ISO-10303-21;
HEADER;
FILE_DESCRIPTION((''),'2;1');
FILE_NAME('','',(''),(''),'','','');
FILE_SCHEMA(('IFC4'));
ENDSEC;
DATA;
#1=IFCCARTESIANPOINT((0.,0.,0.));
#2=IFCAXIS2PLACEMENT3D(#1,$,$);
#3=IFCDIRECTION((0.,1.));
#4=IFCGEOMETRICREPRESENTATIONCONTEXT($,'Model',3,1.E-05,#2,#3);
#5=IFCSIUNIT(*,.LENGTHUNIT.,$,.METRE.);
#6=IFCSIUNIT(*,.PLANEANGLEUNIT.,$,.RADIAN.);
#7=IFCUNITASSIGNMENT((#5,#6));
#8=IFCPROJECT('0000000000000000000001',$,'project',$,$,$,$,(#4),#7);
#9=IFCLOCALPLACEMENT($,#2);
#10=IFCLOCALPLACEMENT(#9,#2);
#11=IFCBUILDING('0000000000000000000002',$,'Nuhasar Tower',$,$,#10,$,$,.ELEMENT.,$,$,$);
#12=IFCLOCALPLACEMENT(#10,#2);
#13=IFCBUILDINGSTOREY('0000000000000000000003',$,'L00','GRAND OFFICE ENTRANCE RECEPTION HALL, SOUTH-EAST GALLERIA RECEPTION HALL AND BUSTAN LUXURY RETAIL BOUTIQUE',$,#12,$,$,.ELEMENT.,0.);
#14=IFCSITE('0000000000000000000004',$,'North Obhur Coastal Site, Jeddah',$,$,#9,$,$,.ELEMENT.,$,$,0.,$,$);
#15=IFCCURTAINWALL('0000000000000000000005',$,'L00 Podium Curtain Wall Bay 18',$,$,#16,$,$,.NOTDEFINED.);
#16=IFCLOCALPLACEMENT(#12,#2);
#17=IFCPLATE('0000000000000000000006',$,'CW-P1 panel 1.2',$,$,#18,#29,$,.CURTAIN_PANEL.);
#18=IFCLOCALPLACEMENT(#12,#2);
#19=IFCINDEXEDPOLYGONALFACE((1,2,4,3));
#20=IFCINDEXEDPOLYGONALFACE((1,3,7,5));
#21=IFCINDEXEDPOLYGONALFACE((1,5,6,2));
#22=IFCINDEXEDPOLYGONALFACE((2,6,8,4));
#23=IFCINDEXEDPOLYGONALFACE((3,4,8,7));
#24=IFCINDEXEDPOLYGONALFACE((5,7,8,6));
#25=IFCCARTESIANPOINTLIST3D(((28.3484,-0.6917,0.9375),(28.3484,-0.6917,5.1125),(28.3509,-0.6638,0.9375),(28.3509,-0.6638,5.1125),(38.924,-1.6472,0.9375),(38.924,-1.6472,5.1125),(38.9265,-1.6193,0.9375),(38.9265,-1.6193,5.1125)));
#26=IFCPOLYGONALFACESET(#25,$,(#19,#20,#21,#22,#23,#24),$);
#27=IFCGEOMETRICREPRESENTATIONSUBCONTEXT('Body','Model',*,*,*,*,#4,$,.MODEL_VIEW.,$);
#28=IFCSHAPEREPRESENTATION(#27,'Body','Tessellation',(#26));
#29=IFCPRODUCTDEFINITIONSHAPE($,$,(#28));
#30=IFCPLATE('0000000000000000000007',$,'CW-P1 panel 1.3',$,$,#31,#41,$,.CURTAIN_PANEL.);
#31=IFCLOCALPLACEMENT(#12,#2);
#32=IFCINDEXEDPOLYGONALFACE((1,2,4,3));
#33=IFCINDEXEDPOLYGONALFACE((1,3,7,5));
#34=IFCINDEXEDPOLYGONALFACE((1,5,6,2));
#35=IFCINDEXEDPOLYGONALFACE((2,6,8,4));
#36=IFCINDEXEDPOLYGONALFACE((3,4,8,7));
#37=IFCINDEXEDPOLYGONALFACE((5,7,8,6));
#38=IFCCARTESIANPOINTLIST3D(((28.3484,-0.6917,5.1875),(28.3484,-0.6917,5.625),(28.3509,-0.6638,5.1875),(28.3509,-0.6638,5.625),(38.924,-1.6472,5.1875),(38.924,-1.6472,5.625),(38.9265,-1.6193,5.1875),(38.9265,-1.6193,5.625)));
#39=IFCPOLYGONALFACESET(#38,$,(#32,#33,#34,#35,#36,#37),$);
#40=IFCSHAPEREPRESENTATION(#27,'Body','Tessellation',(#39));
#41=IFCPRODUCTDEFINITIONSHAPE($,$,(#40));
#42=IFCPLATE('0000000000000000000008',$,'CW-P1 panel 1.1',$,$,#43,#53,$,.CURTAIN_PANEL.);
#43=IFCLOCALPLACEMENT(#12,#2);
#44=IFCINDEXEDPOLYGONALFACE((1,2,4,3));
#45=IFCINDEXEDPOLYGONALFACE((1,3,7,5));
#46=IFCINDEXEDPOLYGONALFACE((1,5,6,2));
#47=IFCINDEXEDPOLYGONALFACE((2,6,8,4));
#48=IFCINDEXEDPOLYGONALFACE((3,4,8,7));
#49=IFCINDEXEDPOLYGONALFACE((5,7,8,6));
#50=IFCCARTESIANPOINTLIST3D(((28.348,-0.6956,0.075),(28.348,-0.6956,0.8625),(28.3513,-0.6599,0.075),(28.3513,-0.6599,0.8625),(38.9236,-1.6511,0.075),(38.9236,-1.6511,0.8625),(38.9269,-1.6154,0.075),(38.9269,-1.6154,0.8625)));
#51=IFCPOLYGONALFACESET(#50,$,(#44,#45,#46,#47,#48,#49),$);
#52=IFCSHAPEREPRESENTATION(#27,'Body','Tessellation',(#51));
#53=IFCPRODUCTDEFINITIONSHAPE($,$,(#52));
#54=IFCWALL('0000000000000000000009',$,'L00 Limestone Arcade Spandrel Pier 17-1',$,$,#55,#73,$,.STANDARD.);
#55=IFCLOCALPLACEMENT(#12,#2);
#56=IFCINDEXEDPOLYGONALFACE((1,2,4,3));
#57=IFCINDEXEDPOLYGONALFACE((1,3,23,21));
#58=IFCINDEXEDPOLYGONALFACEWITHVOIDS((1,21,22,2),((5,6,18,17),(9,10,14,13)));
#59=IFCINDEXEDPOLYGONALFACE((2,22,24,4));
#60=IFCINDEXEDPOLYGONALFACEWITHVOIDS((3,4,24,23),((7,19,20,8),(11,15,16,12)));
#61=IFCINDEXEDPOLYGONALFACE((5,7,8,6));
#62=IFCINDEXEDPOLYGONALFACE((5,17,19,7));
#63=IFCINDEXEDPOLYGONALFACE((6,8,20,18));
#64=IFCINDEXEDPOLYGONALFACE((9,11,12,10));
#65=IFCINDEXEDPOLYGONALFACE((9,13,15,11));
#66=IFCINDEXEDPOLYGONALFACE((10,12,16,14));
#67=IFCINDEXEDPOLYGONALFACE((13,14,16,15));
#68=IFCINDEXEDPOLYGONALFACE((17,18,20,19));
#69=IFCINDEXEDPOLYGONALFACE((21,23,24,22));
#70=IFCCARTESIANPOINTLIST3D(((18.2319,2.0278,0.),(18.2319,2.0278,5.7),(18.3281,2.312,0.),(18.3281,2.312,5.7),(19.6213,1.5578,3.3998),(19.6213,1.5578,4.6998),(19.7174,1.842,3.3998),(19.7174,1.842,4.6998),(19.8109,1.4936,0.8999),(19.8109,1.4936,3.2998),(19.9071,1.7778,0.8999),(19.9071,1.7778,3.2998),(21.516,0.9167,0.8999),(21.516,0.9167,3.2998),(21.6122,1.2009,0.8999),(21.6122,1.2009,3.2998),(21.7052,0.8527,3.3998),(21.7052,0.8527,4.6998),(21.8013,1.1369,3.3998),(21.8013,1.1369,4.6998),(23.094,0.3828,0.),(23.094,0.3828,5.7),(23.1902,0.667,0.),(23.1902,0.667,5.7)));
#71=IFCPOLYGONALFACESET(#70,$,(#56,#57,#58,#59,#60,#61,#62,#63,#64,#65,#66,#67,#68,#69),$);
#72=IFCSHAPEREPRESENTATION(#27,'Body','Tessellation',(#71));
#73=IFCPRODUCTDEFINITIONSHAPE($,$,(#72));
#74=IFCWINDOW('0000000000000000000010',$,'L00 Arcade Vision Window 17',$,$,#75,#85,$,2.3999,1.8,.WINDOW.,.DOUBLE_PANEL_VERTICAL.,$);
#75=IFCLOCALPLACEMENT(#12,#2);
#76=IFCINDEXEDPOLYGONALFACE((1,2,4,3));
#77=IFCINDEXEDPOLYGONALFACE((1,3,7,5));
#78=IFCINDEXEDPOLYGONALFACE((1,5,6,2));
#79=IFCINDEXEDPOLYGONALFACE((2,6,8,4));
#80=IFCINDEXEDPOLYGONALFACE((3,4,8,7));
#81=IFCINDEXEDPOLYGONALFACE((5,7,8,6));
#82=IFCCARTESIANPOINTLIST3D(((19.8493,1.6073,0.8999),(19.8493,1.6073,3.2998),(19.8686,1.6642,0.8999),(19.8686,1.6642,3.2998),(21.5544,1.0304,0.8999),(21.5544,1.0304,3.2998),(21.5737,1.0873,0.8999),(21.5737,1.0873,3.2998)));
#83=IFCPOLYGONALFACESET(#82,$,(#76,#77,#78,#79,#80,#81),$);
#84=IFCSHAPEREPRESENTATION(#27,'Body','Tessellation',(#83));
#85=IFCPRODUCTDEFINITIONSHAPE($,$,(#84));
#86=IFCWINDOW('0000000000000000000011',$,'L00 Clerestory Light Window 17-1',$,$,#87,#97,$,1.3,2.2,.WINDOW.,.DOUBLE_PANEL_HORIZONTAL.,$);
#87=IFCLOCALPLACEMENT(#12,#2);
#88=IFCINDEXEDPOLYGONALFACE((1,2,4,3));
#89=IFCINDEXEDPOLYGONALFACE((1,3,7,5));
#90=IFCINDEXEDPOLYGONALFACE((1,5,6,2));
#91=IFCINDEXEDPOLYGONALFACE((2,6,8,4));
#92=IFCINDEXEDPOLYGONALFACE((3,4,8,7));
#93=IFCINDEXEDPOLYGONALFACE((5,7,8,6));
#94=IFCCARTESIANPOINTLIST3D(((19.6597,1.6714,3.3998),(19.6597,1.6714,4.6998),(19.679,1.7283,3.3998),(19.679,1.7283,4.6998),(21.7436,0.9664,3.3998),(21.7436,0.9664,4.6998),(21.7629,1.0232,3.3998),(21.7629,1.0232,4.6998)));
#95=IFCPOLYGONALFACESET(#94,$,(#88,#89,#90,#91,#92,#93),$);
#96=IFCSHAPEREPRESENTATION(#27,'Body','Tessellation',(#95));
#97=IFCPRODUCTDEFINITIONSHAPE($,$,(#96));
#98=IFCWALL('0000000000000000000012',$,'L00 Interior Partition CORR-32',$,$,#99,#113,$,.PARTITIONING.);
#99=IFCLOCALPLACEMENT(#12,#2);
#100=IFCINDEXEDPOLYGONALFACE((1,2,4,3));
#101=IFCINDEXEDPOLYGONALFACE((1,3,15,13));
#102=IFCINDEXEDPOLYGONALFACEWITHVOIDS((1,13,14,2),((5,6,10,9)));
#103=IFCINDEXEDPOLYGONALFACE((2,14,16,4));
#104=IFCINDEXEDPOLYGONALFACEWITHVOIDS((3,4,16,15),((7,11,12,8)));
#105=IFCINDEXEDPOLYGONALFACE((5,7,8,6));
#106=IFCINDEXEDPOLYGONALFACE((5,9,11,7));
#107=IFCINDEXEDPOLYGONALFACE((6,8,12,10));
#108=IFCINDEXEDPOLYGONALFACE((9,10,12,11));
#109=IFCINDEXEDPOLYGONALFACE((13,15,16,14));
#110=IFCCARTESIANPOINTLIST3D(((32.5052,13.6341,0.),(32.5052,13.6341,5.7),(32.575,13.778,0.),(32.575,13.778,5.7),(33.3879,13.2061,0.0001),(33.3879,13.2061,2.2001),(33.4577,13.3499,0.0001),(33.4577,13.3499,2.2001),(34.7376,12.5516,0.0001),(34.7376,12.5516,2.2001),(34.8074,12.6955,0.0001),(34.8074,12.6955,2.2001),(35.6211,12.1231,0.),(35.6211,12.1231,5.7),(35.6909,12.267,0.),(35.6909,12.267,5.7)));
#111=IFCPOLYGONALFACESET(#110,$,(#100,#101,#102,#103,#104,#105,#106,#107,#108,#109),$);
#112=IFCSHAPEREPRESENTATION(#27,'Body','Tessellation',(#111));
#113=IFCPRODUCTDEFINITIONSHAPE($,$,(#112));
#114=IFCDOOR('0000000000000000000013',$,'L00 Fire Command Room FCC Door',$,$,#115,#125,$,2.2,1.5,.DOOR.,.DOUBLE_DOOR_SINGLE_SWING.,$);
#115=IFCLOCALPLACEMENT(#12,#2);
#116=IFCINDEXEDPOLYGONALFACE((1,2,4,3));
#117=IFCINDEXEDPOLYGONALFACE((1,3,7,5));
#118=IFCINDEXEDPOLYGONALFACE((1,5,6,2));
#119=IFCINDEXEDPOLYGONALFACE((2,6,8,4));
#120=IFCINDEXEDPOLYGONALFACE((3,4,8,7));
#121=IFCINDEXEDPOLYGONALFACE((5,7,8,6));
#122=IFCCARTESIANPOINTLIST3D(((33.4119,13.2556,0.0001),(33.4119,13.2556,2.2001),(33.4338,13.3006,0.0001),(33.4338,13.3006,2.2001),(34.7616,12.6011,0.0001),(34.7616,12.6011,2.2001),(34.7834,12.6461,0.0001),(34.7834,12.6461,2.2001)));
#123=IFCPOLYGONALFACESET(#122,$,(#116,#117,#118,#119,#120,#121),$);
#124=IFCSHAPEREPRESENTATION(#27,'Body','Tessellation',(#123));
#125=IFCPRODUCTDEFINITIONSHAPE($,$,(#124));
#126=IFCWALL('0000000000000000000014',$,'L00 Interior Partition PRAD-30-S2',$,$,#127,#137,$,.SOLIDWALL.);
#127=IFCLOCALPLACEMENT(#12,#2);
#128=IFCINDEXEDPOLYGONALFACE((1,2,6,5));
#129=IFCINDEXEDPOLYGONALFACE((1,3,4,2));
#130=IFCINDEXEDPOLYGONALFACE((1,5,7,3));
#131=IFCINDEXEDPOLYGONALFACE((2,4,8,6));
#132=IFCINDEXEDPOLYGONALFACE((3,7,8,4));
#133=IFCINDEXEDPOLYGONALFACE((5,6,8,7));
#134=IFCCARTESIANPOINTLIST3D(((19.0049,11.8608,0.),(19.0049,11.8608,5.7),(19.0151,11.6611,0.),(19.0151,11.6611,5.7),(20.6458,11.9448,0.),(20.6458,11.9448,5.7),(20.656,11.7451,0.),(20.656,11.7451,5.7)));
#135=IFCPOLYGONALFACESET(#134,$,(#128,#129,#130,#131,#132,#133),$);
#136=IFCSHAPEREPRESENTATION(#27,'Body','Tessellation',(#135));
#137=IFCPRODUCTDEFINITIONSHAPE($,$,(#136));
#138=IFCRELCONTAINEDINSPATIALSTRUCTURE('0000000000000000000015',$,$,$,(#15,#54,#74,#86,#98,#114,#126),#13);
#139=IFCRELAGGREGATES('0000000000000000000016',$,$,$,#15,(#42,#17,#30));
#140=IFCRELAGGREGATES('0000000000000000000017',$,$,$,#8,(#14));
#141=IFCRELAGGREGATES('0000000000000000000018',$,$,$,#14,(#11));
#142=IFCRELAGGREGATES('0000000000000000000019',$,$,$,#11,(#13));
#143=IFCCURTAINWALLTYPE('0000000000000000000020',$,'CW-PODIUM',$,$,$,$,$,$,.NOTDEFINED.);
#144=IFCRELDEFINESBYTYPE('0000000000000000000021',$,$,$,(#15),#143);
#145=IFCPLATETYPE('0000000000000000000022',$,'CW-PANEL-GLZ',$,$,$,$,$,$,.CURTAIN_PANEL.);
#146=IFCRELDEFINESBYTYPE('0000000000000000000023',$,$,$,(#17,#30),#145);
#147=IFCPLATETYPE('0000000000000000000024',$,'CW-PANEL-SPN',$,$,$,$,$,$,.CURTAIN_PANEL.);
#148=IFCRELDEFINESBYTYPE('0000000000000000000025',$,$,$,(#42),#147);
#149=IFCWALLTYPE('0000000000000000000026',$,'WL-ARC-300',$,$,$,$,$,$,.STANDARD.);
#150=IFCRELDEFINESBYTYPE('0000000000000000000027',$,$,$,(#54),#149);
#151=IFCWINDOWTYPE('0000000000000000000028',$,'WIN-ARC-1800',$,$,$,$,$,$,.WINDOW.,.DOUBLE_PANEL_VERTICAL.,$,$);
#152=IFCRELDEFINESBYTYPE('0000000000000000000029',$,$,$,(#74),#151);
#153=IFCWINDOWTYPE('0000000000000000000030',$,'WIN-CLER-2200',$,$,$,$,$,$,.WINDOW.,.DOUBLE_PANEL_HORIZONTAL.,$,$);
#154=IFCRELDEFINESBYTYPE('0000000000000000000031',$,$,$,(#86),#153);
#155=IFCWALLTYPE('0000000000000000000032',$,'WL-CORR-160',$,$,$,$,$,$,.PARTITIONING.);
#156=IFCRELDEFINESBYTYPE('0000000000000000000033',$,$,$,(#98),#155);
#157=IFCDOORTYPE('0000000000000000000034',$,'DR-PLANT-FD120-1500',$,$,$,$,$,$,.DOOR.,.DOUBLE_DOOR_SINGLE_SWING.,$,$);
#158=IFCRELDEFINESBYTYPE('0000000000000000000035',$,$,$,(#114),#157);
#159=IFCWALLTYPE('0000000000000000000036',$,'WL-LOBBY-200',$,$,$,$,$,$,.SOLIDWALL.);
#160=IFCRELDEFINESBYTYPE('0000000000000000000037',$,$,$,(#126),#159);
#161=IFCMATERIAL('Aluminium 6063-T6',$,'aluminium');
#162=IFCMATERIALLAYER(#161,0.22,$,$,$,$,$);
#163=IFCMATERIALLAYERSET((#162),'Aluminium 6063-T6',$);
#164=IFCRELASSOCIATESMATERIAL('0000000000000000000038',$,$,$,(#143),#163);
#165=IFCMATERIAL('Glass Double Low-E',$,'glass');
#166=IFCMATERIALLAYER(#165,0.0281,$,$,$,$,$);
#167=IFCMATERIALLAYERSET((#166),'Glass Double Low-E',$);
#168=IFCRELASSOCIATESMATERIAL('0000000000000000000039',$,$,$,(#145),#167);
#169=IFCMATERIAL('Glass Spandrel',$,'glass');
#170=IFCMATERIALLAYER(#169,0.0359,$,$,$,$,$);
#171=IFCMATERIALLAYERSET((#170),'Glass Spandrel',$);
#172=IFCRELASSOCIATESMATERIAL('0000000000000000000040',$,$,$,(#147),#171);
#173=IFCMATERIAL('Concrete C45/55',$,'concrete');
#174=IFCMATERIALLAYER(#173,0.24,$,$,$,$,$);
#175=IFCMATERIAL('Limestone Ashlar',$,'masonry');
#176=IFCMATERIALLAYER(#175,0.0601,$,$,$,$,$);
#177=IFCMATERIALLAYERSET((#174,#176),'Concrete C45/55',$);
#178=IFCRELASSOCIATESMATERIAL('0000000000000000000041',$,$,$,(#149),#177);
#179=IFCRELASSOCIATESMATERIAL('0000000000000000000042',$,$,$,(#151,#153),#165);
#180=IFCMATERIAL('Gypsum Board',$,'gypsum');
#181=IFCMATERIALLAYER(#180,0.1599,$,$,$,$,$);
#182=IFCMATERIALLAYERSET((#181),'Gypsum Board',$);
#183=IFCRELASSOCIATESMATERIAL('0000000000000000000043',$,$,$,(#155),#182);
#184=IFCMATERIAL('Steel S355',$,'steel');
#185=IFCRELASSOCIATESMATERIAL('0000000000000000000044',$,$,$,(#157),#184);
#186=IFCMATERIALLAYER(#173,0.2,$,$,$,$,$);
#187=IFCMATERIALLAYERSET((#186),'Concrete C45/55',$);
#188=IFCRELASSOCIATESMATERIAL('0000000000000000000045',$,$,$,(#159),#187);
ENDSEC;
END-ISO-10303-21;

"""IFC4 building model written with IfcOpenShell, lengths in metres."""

from ifc_helpers import new_model, si_unit, direction, frame, frame_2d, origin, origin_2d, place, context, subcontext, project, spatial, rectangle, extrude, material, layer, layer_set, type_object, element, fill, aggregate, save


model = new_model("IFC4")

# Units and contexts
model_context = context("Model", 3, precision=1e-05, world=origin(), true_north=direction((0.0, 1.0)))
body_context = subcontext(model_context, "Body", "Model", "MODEL_VIEW")
ifc_project = project(units=[si_unit("LENGTHUNIT", "METRE"), si_unit("PLANEANGLEUNIT", "RADIAN")], contexts=[model_context])

# Site, building, storey
site_placement = place(None, origin())
site = spatial("IfcSite", under=ifc_project, at=site_placement, Name="North Obhur Coastal Site, Jeddah", CompositionType="ELEMENT", RefElevation=0.0)
building_placement = place(site_placement, origin())
building = spatial("IfcBuilding", under=site, at=building_placement, Name="Nuhasar Tower", CompositionType="ELEMENT")
storey_placement = place(building_placement, origin())
storey = spatial("IfcBuildingStorey", under=building, at=storey_placement, Name="L00", Description="GRAND OFFICE ENTRANCE RECEPTION HALL, SOUTH-EAST GALLERIA RECEPTION HALL AND BUSTAN LUXURY RETAIL BOUTIQUE", CompositionType="ELEMENT", Elevation=0.0)

# Shared definitions
ifc_material_1 = material(Name="Steel S355", Category="steel")

# Curtain wall, plates
ifc_material_2 = material(Name="Aluminium 6063-T6", Category="aluminium")
ifc_layer_1 = layer(ifc_material_2, 0.22)
ifc_layer_set_1 = layer_set([ifc_layer_1], Name="Aluminium 6063-T6")
curtain_wall_type = type_object("IfcCurtainWallType", Name="CW-PODIUM", PredefinedType="NOTDEFINED", material=ifc_layer_set_1)
curtain_wall_placement = place(storey_placement, origin())
curtain_wall = element("IfcCurtainWall", 1, at=curtain_wall_placement, inside=storey, type_object=curtain_wall_type, Name="L00 Podium Curtain Wall Bay 18", PredefinedType="NOTDEFINED")
ifc_material_3 = material(Name="Glass Double Low-E", Category="glass")
ifc_layer_2 = layer(ifc_material_3, 0.0281)
ifc_layer_set_2 = layer_set([ifc_layer_2], Name="Glass Double Low-E")
plate_type_1 = type_object("IfcPlateType", Name="CW-PANEL-GLZ", PredefinedType="CURTAIN_PANEL", material=ifc_layer_set_2)
plate_1_placement = place(storey_placement, frame((33.6375, -1.1555, 0.9375), z_axis=(0.0, 0.0, 1.0), x_axis=(0.995943, -0.089983, 0.0)))
plate_1 = element("IfcPlate", 2, at=plate_1_placement, type_object=plate_type_1, Name="CW-P1 panel 1.2", PredefinedType="CURTAIN_PANEL", context=body_context, shape_type="SweptSolid", body=[
    extrude(rectangle(XDim=10.6187, YDim=0.0281, at=origin_2d()), origin(), (0.0, 0.0, 1.0), 4.175),
])
plate_2_placement = place(storey_placement, frame((33.6375, -1.1555, 5.1875), z_axis=(0.0, 0.0, 1.0), x_axis=(0.995943, -0.089983, 0.0)))
plate_2 = element("IfcPlate", 3, at=plate_2_placement, type_object=plate_type_1, Name="CW-P1 panel 1.3", PredefinedType="CURTAIN_PANEL", context=body_context, shape_type="SweptSolid", body=[
    extrude(rectangle(XDim=10.6187, YDim=0.0281, at=origin_2d()), origin(), (0.0, 0.0, 1.0), 0.4375),
])
ifc_material_4 = material(Name="Glass Spandrel", Category="glass")
ifc_layer_3 = layer(ifc_material_4, 0.0359)
ifc_layer_set_3 = layer_set([ifc_layer_3], Name="Glass Spandrel")
plate_type_2 = type_object("IfcPlateType", Name="CW-PANEL-SPN", PredefinedType="CURTAIN_PANEL", material=ifc_layer_set_3)
plate_3_placement = place(storey_placement, frame((33.6375, -1.1555, 0.075), z_axis=(0.0, 0.0, 1.0), x_axis=(0.995943, -0.089983, 0.0)))
plate_3 = element("IfcPlate", 4, at=plate_3_placement, type_object=plate_type_2, Name="CW-P1 panel 1.1", PredefinedType="CURTAIN_PANEL", context=body_context, shape_type="SweptSolid", body=[
    extrude(rectangle(XDim=10.6187, YDim=0.0359, at=origin_2d()), origin(), (0.0, 0.0, 1.0), 0.7876),
])
aggregate(curtain_wall, [plate_3, plate_1, plate_2])

# Wall, openings, windows
ifc_material_5 = material(Name="Concrete C45/55", Category="concrete")
ifc_layer_4 = layer(ifc_material_5, 0.24)
ifc_material_6 = material(Name="Limestone Ashlar", Category="masonry")
ifc_layer_5 = layer(ifc_material_6, 0.0601)
ifc_layer_set_4 = layer_set([ifc_layer_4, ifc_layer_5], Name="Concrete C45/55")
wall_type_1 = type_object("IfcWallType", Name="WL-ARC-300", PredefinedType="STANDARD", material=ifc_layer_set_4)
wall_1_placement = place(storey_placement, frame((23.1421, 0.5249, 0.0), z_axis=(0.0, 0.0, 1.0), x_axis=(-0.947252, 0.320491, 0.0)))
wall_1 = element("IfcWall", 5, at=wall_1_placement, inside=storey, type_object=wall_type_1, Name="L00 Limestone Arcade Spandrel Pier 17-1", PredefinedType="STANDARD", context=body_context, shape_type="SweptSolid", body=[
    extrude(rectangle(XDim=5.1328, YDim=0.3, at=frame_2d((2.5664, 0.0))), origin(), (0.0, 0.0, 1.0), 5.7),
])
opening_1_placement = place(wall_1_placement, frame((1.666, 0.0, 0.8999)))
opening_1 = element("IfcOpeningElement", 6, at=opening_1_placement, cuts=wall_1, PredefinedType="OPENING", context=body_context, shape_type="SweptSolid", body=[
    extrude(rectangle(XDim=1.8, YDim=2.3999, at=frame_2d((0.8999, 1.2))), frame((0.0, 0.1602, 0.0), z_axis=(0.0, -1.0, 0.0), x_axis=(1.0, 0.0, 0.0)), (0.0, 0.0, 1.0), 0.3201),
])
opening_2_placement = place(wall_1_placement, frame((1.4661, 0.0, 3.3999)))
opening_2 = element("IfcOpeningElement", 7, at=opening_2_placement, cuts=wall_1, PredefinedType="OPENING", context=body_context, shape_type="SweptSolid", body=[
    extrude(rectangle(XDim=2.2, YDim=1.3, at=frame_2d((1.1001, 0.6499))), frame((0.0, 0.1602, 0.0), z_axis=(0.0, -1.0, 0.0), x_axis=(1.0, 0.0, 0.0)), (0.0, 0.0, 1.0), 0.3201),
])
window_type_1 = type_object("IfcWindowType", Name="WIN-ARC-1800", PartitioningType="DOUBLE_PANEL_VERTICAL", PredefinedType="WINDOW", material=ifc_material_3)
window_1_placement = place(opening_1_placement, origin())
window_1 = element("IfcWindow", 8, at=window_1_placement, inside=storey, type_object=window_type_1, Name="L00 Arcade Vision Window 17", OverallHeight=2.3999, OverallWidth=1.8, PartitioningType="DOUBLE_PANEL_VERTICAL", PredefinedType="WINDOW", context=body_context, shape_type="SweptSolid", body=[
    extrude(rectangle(XDim=1.8, YDim=2.3999, at=frame_2d((0.8999, 1.2))), frame((0.0, 0.03, 0.0), z_axis=(0.0, -1.0, 0.0), x_axis=(1.0, 0.0, 0.0)), (0.0, 0.0, 1.0), 0.0601),
])
fill(opening_1, window_1)
window_type_2 = type_object("IfcWindowType", Name="WIN-CLER-2200", PartitioningType="DOUBLE_PANEL_HORIZONTAL", PredefinedType="WINDOW", material=ifc_material_3)
window_2_placement = place(opening_2_placement, origin())
window_2 = element("IfcWindow", 9, at=window_2_placement, inside=storey, type_object=window_type_2, Name="L00 Clerestory Light Window 17-1", OverallHeight=1.3, OverallWidth=2.2, PartitioningType="DOUBLE_PANEL_HORIZONTAL", PredefinedType="WINDOW", context=body_context, shape_type="SweptSolid", body=[
    extrude(rectangle(XDim=2.2, YDim=1.3, at=frame_2d((1.1001, 0.6499))), frame((0.0, 0.03, 0.0), z_axis=(0.0, -1.0, 0.0), x_axis=(1.0, 0.0, 0.0)), (0.0, 0.0, 1.0), 0.0601),
])
fill(opening_2, window_2)

# Wall, opening, door
ifc_material_7 = material(Name="Gypsum Board", Category="gypsum")
ifc_layer_6 = layer(ifc_material_7, 0.1599)
ifc_layer_set_5 = layer_set([ifc_layer_6], Name="Gypsum Board")
wall_type_2 = type_object("IfcWallType", Name="WL-CORR-160", PredefinedType="PARTITIONING", material=ifc_layer_set_5)
wall_2_placement = place(storey_placement, frame((35.656, 12.1951, 0.0), z_axis=(0.0, 0.0, 1.0), x_axis=(-0.89979, 0.436324, 0.0)))
wall_2 = element("IfcWall", 10, at=wall_2_placement, inside=storey, type_object=wall_type_2, Name="L00 Interior Partition CORR-32", PredefinedType="PARTITIONING", context=body_context, shape_type="SweptSolid", body=[
    extrude(rectangle(XDim=3.4629, YDim=0.1599, at=frame_2d((1.7314, 0.0))), origin(), (0.0, 0.0, 1.0), 5.7),
])
opening_3_placement = place(wall_2_placement, frame((0.9819, 0.0, 0.0)))
opening_3 = element("IfcOpeningElement", 11, at=opening_3_placement, cuts=wall_2, PredefinedType="OPENING", context=body_context, shape_type="SweptSolid", body=[
    extrude(rectangle(XDim=1.5, YDim=2.2, at=frame_2d((0.75, 1.1001))), frame((0.0, 0.0898, 0.0), z_axis=(0.0, -1.0, 0.0), x_axis=(1.0, 0.0, 0.0)), (0.0, 0.0, 1.0), 0.1799),
])
door_type_1 = type_object("IfcDoorType", Name="DR-PLANT-FD120-1500", OperationType="DOUBLE_DOOR_SINGLE_SWING", PredefinedType="DOOR", material=ifc_material_1)
door_1_placement = place(opening_3_placement, origin())
door_1 = element("IfcDoor", 12, at=door_1_placement, inside=storey, type_object=door_type_1, Name="L00 Fire Command Room FCC Door", OperationType="DOUBLE_DOOR_SINGLE_SWING", OverallHeight=2.2, OverallWidth=1.5, PredefinedType="DOOR", context=body_context, shape_type="SweptSolid", body=[
    extrude(rectangle(XDim=1.5, YDim=2.2, at=frame_2d((0.75, 1.1001))), frame((0.0, 0.0249, 0.0), z_axis=(0.0, -1.0, 0.0), x_axis=(1.0, 0.0, 0.0)), (0.0, 0.0, 1.0), 0.05),
])
fill(opening_3, door_1)

# Wall
ifc_layer_7 = layer(ifc_material_5, 0.2)
ifc_layer_set_6 = layer_set([ifc_layer_7], Name="Concrete C45/55")
wall_type_3 = type_object("IfcWallType", Name="WL-LOBBY-200", PredefinedType="SOLIDWALL", material=ifc_layer_set_6)
wall_3_placement = place(storey_placement, frame((20.6509, 11.845, 0.0), z_axis=(0.0, 0.0, 1.0), x_axis=(-0.998693, -0.051116, 0.0)))
element("IfcWall", 13, at=wall_3_placement, inside=storey, type_object=wall_type_3, Name="L00 Interior Partition PRAD-30-S2", PredefinedType="SOLIDWALL", context=body_context, shape_type="SweptSolid", body=[
    extrude(rectangle(XDim=1.6431, YDim=0.2, at=frame_2d((0.8215, 0.0))), origin(), (0.0, 0.0, 1.0), 5.7),
])

save(model, "model.ifc")
